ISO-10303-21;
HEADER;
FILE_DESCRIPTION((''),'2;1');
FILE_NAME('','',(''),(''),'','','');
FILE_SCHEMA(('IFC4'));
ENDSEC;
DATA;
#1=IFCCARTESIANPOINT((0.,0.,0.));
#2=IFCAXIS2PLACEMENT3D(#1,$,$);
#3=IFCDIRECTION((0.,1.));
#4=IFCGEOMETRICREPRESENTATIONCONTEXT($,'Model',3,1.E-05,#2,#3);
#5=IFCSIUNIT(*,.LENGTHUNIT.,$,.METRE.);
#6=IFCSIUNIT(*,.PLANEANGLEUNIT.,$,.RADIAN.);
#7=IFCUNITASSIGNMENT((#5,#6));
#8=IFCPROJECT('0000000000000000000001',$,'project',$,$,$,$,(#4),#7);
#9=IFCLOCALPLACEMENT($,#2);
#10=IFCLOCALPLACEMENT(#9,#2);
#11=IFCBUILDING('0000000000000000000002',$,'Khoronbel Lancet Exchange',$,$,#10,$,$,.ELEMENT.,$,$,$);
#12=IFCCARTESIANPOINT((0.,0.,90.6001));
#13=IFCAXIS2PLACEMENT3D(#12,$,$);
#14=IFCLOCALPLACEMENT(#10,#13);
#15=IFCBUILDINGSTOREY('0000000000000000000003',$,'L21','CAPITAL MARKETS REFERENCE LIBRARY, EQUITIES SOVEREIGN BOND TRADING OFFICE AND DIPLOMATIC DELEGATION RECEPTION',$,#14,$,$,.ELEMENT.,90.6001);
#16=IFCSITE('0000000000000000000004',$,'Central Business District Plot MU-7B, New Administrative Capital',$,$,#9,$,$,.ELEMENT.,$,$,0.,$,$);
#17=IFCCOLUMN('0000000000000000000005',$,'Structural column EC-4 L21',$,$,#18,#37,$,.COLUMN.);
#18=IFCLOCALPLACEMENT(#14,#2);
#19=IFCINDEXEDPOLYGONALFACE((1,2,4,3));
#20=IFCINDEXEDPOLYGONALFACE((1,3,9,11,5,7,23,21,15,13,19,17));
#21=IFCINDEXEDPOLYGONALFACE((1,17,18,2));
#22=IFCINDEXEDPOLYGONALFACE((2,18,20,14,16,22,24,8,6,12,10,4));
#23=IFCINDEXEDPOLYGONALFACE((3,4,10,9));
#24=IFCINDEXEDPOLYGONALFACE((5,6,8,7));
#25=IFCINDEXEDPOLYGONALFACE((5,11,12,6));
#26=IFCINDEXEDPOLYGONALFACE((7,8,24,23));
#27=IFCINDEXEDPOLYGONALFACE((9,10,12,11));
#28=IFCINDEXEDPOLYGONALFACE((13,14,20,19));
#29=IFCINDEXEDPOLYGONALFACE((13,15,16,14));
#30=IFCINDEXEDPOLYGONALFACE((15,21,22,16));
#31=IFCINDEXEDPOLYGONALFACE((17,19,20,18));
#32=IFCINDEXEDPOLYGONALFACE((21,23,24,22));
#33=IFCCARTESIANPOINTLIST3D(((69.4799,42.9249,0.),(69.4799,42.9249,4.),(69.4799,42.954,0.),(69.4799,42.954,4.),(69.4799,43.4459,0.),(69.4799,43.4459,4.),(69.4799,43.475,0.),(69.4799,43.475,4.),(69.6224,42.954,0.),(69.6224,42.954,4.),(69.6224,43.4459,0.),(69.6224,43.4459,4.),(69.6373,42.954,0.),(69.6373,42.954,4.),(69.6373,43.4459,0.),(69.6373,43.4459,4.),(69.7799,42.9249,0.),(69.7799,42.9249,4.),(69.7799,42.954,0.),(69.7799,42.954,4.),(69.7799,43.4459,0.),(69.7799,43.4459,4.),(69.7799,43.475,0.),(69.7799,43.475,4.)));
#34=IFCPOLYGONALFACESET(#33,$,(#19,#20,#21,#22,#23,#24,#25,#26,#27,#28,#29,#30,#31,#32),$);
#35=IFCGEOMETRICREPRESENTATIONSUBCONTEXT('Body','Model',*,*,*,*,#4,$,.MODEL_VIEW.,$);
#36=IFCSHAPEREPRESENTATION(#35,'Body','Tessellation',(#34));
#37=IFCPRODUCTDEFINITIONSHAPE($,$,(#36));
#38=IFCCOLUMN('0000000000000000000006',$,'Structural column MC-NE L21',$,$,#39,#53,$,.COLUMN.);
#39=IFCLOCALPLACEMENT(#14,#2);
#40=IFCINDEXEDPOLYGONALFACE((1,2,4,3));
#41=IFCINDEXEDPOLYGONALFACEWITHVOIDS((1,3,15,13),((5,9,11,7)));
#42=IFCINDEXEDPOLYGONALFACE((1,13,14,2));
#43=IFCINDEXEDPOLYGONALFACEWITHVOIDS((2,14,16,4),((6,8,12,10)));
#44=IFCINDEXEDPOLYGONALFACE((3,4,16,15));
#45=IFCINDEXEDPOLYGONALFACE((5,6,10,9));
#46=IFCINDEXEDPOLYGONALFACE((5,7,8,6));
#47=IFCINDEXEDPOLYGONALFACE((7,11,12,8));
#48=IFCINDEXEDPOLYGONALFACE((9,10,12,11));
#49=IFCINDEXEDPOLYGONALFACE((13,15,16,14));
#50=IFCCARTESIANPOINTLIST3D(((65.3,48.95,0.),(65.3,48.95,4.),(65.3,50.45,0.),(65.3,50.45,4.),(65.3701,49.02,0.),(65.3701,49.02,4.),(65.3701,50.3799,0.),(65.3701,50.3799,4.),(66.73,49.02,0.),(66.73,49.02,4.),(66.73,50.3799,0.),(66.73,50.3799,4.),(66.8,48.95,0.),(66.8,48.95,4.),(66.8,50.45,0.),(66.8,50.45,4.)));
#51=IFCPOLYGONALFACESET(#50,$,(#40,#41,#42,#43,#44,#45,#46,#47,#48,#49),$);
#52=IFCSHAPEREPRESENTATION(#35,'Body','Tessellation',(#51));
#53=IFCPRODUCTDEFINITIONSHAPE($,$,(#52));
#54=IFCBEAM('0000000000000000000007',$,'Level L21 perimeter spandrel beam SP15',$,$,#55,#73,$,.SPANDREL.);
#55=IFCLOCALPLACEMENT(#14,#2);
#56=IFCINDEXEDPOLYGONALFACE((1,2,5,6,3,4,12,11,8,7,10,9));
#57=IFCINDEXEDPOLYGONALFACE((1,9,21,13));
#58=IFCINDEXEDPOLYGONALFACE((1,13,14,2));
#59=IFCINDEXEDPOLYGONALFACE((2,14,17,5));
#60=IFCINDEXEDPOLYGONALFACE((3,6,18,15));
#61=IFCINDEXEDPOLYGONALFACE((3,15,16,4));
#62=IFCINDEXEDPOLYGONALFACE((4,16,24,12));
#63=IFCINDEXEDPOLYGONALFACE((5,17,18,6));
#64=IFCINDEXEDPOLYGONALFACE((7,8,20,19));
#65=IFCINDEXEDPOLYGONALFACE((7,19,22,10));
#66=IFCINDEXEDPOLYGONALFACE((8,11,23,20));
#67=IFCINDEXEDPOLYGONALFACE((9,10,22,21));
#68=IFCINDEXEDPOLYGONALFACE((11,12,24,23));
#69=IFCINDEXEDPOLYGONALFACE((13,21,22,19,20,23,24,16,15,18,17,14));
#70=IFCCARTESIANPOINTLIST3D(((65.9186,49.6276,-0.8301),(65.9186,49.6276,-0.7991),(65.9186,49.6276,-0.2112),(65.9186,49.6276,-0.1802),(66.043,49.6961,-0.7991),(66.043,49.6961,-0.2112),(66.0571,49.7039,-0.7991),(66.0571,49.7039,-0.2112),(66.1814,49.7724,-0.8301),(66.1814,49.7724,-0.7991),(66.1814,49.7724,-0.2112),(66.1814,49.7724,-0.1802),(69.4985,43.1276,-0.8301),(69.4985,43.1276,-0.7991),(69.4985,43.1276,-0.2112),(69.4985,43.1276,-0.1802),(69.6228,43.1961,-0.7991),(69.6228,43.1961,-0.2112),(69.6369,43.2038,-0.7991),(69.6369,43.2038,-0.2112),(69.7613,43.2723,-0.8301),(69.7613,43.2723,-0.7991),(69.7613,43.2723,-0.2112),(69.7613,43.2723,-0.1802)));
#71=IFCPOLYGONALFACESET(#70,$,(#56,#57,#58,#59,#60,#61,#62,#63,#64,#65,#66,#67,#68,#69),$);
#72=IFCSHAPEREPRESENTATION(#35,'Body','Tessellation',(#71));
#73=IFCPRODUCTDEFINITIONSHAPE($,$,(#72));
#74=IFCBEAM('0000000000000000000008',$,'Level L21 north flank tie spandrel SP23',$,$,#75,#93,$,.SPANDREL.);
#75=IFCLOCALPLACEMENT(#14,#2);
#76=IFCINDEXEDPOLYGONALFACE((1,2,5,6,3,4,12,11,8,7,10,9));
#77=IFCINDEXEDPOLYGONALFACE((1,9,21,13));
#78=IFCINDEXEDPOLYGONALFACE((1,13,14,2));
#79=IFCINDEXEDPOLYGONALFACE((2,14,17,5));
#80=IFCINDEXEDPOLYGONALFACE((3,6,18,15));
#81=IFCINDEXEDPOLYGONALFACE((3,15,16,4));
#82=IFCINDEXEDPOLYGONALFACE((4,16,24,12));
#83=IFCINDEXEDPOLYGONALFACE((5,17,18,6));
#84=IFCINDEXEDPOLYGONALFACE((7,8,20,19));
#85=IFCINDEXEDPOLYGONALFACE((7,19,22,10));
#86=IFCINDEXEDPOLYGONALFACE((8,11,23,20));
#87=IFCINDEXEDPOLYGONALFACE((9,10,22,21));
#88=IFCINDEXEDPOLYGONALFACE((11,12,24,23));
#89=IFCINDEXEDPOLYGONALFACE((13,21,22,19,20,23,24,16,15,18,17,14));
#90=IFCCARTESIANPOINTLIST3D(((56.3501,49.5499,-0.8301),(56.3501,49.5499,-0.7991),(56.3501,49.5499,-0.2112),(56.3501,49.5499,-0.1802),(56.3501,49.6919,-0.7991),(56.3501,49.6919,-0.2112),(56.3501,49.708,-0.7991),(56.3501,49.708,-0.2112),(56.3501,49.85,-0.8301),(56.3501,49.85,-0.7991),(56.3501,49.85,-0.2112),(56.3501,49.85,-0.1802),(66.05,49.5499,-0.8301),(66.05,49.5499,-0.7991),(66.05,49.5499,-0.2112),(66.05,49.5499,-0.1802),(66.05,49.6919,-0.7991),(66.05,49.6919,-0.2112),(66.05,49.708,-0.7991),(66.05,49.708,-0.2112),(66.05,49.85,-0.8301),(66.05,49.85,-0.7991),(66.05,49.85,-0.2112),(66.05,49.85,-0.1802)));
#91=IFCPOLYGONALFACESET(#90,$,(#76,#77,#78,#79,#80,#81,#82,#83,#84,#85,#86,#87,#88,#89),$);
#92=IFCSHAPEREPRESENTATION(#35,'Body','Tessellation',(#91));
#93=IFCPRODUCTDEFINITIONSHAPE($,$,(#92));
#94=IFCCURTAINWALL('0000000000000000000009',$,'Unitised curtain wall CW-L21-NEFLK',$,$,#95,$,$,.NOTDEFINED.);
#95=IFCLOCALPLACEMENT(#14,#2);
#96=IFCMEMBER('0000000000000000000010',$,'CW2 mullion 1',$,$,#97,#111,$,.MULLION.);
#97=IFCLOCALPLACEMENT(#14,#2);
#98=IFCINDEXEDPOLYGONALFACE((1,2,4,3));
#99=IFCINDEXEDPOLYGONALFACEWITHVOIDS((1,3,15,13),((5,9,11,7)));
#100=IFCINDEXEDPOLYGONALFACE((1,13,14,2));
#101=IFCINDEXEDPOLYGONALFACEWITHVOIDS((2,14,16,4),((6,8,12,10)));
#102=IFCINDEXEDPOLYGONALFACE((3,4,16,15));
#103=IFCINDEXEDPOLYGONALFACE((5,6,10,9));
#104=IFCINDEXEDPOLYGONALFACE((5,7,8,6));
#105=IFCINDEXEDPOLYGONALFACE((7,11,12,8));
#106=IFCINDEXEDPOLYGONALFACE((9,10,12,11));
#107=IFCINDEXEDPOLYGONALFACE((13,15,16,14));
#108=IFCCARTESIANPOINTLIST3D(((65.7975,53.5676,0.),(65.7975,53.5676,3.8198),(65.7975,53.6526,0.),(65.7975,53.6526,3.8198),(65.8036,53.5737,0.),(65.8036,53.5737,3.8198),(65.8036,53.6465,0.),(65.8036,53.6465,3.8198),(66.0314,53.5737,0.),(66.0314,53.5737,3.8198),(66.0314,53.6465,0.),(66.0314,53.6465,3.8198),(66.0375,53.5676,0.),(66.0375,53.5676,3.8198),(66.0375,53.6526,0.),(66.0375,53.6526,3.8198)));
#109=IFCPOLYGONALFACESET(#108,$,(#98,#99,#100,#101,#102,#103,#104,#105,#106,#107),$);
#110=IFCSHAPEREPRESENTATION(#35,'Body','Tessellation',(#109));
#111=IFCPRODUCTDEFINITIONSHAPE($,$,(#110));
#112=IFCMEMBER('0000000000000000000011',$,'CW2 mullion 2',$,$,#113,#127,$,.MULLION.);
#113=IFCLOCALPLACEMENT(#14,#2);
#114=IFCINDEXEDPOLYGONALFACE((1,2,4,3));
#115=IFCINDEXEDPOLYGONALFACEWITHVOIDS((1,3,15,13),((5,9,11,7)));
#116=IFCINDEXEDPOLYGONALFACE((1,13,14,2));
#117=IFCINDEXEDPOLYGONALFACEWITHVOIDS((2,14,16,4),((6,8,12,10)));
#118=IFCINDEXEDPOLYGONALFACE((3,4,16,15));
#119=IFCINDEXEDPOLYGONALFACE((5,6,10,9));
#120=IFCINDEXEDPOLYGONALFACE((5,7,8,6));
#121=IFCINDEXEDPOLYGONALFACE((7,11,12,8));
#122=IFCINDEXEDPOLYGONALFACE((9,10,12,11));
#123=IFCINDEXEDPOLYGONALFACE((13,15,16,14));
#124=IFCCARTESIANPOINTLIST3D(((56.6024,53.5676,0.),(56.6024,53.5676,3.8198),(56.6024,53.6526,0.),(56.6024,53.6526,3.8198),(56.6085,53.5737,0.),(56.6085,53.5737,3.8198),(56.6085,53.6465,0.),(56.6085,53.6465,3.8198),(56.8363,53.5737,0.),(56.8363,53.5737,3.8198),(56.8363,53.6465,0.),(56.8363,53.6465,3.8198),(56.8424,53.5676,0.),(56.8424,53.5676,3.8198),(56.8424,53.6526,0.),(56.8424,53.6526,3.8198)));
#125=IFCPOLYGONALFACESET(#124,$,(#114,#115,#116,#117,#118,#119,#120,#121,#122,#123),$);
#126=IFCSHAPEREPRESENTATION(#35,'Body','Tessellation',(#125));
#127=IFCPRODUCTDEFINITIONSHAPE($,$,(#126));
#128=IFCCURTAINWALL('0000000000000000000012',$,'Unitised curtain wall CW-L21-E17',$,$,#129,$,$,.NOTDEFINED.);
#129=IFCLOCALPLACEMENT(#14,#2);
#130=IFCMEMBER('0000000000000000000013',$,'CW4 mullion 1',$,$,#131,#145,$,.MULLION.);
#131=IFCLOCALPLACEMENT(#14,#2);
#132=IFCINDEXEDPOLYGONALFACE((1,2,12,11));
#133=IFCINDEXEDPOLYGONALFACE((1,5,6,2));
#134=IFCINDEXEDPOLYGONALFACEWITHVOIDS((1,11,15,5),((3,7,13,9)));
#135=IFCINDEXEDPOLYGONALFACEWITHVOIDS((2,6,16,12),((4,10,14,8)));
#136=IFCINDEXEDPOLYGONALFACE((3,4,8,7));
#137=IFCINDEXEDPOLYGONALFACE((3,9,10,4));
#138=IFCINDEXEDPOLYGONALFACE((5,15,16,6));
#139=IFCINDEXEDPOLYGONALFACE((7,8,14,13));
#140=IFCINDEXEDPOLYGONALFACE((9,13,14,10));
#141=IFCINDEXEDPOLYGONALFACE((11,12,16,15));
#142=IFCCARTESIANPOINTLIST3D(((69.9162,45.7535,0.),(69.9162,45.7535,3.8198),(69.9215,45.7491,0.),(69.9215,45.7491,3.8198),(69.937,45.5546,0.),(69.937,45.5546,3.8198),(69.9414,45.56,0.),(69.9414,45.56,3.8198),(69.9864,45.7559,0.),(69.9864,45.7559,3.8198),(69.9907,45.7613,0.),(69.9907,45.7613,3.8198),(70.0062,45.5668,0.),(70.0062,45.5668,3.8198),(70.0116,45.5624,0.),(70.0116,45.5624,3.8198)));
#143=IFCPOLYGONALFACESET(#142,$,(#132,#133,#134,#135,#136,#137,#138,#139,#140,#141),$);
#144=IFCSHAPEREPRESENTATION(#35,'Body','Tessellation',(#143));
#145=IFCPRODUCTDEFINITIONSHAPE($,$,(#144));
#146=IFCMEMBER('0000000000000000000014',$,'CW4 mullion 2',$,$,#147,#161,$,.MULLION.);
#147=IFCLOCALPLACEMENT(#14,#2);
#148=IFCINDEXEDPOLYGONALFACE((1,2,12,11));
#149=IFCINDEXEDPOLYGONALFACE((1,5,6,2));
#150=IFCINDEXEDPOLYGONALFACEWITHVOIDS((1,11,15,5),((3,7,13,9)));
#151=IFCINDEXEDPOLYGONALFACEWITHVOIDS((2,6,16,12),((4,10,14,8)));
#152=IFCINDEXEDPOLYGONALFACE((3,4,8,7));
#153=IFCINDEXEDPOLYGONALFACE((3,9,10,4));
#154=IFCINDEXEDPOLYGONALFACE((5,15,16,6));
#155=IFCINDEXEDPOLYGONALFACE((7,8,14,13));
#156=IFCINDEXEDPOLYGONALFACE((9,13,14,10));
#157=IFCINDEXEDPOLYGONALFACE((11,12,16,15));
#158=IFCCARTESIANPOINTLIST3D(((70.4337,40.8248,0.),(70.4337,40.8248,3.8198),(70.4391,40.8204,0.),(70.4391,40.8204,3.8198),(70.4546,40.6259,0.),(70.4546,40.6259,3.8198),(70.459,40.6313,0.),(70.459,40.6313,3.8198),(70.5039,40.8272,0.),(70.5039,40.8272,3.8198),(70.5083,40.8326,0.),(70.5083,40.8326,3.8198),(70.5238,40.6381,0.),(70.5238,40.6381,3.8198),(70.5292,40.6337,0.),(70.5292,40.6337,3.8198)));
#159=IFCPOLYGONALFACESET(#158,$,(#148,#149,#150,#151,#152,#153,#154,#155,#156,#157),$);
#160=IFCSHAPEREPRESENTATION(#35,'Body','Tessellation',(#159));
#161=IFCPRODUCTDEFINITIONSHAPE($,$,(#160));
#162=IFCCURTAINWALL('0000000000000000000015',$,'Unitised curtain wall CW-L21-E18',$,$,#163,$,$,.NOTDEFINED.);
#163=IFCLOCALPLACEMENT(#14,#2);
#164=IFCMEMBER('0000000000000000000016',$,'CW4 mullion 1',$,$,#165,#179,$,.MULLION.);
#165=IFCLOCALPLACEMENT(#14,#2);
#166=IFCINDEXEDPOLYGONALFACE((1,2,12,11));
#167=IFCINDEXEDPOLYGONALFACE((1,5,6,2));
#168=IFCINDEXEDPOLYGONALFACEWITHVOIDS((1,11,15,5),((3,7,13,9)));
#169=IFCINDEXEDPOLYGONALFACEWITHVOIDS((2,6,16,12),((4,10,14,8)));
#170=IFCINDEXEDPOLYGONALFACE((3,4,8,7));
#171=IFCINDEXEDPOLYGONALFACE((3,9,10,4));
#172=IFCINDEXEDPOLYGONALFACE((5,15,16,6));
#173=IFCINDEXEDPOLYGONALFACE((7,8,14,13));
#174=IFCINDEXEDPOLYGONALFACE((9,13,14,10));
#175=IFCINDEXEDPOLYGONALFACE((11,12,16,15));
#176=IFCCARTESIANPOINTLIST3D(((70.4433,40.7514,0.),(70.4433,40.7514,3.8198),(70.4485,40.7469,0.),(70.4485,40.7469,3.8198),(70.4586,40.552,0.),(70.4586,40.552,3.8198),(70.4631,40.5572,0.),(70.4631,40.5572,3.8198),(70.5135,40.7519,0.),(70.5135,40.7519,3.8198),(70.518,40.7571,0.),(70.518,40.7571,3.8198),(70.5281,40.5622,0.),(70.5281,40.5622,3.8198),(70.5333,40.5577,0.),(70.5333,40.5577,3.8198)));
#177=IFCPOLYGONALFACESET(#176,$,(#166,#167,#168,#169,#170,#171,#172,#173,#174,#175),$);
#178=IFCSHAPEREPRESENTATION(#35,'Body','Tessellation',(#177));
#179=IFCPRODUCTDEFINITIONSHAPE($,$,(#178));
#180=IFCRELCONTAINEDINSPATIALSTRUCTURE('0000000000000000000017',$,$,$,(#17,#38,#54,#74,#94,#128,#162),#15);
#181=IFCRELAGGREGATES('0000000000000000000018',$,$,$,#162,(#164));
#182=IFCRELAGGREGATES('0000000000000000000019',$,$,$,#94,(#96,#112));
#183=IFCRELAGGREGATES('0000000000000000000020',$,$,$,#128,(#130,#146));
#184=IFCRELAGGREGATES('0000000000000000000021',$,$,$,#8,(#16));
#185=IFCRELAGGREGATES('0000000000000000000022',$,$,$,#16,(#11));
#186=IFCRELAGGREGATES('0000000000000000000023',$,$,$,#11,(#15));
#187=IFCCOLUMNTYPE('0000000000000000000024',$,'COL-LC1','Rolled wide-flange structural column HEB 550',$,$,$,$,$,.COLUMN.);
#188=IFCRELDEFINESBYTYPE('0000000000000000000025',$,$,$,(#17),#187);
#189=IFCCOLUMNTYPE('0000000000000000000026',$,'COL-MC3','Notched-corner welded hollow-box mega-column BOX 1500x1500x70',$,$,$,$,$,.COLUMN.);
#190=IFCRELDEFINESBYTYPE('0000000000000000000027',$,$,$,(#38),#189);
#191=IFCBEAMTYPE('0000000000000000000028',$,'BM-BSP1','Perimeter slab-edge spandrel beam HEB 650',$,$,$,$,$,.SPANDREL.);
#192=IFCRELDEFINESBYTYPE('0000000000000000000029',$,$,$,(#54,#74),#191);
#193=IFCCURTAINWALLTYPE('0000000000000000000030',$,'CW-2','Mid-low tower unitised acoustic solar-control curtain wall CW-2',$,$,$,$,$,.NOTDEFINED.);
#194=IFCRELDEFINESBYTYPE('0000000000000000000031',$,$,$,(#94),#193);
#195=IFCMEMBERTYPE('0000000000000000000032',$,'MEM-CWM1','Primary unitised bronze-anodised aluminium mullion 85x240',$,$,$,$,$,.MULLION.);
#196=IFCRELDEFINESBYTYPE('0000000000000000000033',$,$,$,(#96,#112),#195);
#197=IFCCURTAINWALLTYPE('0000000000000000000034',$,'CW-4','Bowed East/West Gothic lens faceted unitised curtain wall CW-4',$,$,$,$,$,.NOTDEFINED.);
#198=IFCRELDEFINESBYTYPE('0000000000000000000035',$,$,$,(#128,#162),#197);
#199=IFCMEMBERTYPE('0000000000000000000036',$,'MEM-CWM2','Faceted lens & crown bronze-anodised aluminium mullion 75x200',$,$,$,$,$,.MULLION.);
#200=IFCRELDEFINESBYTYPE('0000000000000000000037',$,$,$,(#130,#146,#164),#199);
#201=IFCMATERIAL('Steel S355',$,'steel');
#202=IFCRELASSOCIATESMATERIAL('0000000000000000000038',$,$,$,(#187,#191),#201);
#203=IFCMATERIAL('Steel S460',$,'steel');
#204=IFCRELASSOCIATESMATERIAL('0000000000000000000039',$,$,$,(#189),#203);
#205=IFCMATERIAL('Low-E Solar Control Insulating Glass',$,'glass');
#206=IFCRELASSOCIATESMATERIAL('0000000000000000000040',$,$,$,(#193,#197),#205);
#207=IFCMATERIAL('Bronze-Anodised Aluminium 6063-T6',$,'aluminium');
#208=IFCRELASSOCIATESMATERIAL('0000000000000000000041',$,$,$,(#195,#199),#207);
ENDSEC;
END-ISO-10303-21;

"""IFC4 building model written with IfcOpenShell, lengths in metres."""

from ifc_helpers import new_model, si_unit, direction, frame, origin, origin_2d, place, context, subcontext, project, spatial, hollow_rectangle, i_section, extrude, material, material_profile, profile_set, type_object, element, aggregate, save


model = new_model("IFC4")

# Units and contexts
model_context = context("Model", 3, precision=1e-05, world=origin(), true_north=direction((0.0, 1.0)))
body_context = subcontext(model_context, "Body", "Model", "MODEL_VIEW")
ifc_project = project(units=[si_unit("LENGTHUNIT", "METRE"), si_unit("PLANEANGLEUNIT", "RADIAN")], contexts=[model_context])

# Site, building, storey
site_placement = place(None, origin())
site = spatial("IfcSite", under=ifc_project, at=site_placement, Name="Central Business District Plot MU-7B, New Administrative Capital", CompositionType="ELEMENT", RefElevation=0.0)
building_placement = place(site_placement, origin())
building = spatial("IfcBuilding", under=site, at=building_placement, Name="Khoronbel Lancet Exchange", CompositionType="ELEMENT")
storey_placement = place(building_placement, frame((0.0, 0.0, 90.6001)))
storey = spatial("IfcBuildingStorey", under=building, at=storey_placement, Name="L21", Description="CAPITAL MARKETS REFERENCE LIBRARY, EQUITIES SOVEREIGN BOND TRADING OFFICE AND DIPLOMATIC DELEGATION RECEPTION", CompositionType="ELEMENT", Elevation=90.6001)

# Columns
ifc_material_1 = material(Name="Steel S355", Category="steel")
ifc_material_profile_1 = material_profile(ifc_material_1, i_section(OverallWidth=0.3, OverallDepth=0.55, WebThickness=0.0149, FlangeThickness=0.0291, at=origin_2d()), Name="HEB 550")
ifc_profile_set_1 = profile_set([ifc_material_profile_1], Name="Steel S355")
column_type_1 = type_object("IfcColumnType", Name="COL-LC1", Description="Rolled wide-flange structural column HEB 550", PredefinedType="COLUMN", material=ifc_profile_set_1)
column_1_placement = place(storey_placement, frame((69.6299, 43.2, 0.0), z_axis=(0.0, 0.0, 1.0), x_axis=(1.0, 0.0, 0.0)))
element("IfcColumn", 1, at=column_1_placement, inside=storey, type_object=column_type_1, Name="Structural column EC-4 L21", PredefinedType="COLUMN", context=body_context, shape_type="SweptSolid", body=[
    extrude(i_section(OverallWidth=0.3, OverallDepth=0.55, WebThickness=0.0149, FlangeThickness=0.0291, at=origin_2d()), origin(), (0.0, 0.0, 1.0), 4.0),
])
ifc_material_2 = material(Name="Steel S460", Category="steel")
ifc_material_profile_2 = material_profile(ifc_material_2, hollow_rectangle(XDim=1.5, YDim=1.5, WallThickness=0.0701, at=origin_2d()), Name="BOX 1500x1500x70")
ifc_profile_set_2 = profile_set([ifc_material_profile_2], Name="Steel S460")
column_type_2 = type_object("IfcColumnType", Name="COL-MC3", Description="Notched-corner welded hollow-box mega-column BOX 1500x1500x70", PredefinedType="COLUMN", material=ifc_profile_set_2)
column_2_placement = place(storey_placement, frame((66.05, 49.7, 0.0), z_axis=(0.0, 0.0, 1.0), x_axis=(1.0, 0.0, 0.0)))
element("IfcColumn", 2, at=column_2_placement, inside=storey, type_object=column_type_2, Name="Structural column MC-NE L21", PredefinedType="COLUMN", context=body_context, shape_type="SweptSolid", body=[
    extrude(hollow_rectangle(XDim=1.5, YDim=1.5, WallThickness=0.0701, at=origin_2d()), origin(), (0.0, 0.0, 1.0), 4.0),
])

# Beams
ifc_material_profile_3 = material_profile(ifc_material_1, i_section(OverallWidth=0.3, OverallDepth=0.6499, WebThickness=0.0161, FlangeThickness=0.031, at=origin_2d()), Name="HEB 650")
ifc_profile_set_3 = profile_set([ifc_material_profile_3], Name="Steel S355")
beam_type = type_object("IfcBeamType", Name="BM-BSP1", Description="Perimeter slab-edge spandrel beam HEB 650", PredefinedType="SPANDREL", material=ifc_profile_set_3)
beam_1_placement = place(storey_placement, frame((69.6299, 43.2, -0.5051), z_axis=(-0.482419, 0.875941, 0.0), x_axis=(-0.875941, -0.482419, 0.0)))
element("IfcBeam", 3, at=beam_1_placement, inside=storey, type_object=beam_type, Name="Level L21 perimeter spandrel beam SP15", PredefinedType="SPANDREL", context=body_context, shape_type="SweptSolid", body=[
    extrude(i_section(OverallWidth=0.3, OverallDepth=0.6499, WebThickness=0.0161, FlangeThickness=0.031, at=origin_2d()), origin(), (0.0, 0.0, 1.0), 7.4207),
])
beam_2_placement = place(storey_placement, frame((66.05, 49.7, -0.5051), z_axis=(-1.0, 0.0, 0.0), x_axis=(0.0, -1.0, 0.0)))
element("IfcBeam", 4, at=beam_2_placement, inside=storey, type_object=beam_type, Name="Level L21 north flank tie spandrel SP23", PredefinedType="SPANDREL", context=body_context, shape_type="SweptSolid", body=[
    extrude(i_section(OverallWidth=0.3, OverallDepth=0.6499, WebThickness=0.0161, FlangeThickness=0.031, at=origin_2d()), origin(), (0.0, 0.0, 1.0), 9.7),
])

# Curtain walls, members
ifc_material_3 = material(Name="Low-E Solar Control Insulating Glass", Category="glass")
curtain_wall_type_1 = type_object("IfcCurtainWallType", Name="CW-2", Description="Mid-low tower unitised acoustic solar-control curtain wall CW-2", PredefinedType="NOTDEFINED", material=ifc_material_3)
curtain_wall_1_placement = place(storey_placement, origin())
curtain_wall_1 = element("IfcCurtainWall", 5, at=curtain_wall_1_placement, inside=storey, type_object=curtain_wall_type_1, Name="Unitised curtain wall CW-L21-NEFLK", PredefinedType="NOTDEFINED")
ifc_material_4 = material(Name="Bronze-Anodised Aluminium 6063-T6", Category="aluminium")
ifc_material_profile_4 = material_profile(ifc_material_4, hollow_rectangle(XDim=0.085, YDim=0.24, WallThickness=0.0061, at=origin_2d()), Name="ALU MULLION 85x240")
ifc_profile_set_4 = profile_set([ifc_material_profile_4], Name="Bronze-Anodised Aluminium 6063-T6")
member_type_1 = type_object("IfcMemberType", Name="MEM-CWM1", Description="Primary unitised bronze-anodised aluminium mullion 85x240", PredefinedType="MULLION", material=ifc_profile_set_4)
member_1_placement = place(storey_placement, frame((65.9175, 53.6101, 0.0), z_axis=(0.0, 0.0, 1.0), x_axis=(0.0, -1.0, 0.0)))
member_1 = element("IfcMember", 6, at=member_1_placement, type_object=member_type_1, Name="CW2 mullion 1", PredefinedType="MULLION", context=body_context, shape_type="SweptSolid", body=[
    extrude(hollow_rectangle(XDim=0.085, YDim=0.24, WallThickness=0.0061, at=origin_2d()), origin(), (0.0, 0.0, 1.0), 3.8198),
])
member_2_placement = place(storey_placement, frame((56.7224, 53.6101, 0.0), z_axis=(0.0, 0.0, 1.0), x_axis=(0.0, -1.0, 0.0)))
member_2 = element("IfcMember", 7, at=member_2_placement, type_object=member_type_1, Name="CW2 mullion 2", PredefinedType="MULLION", context=body_context, shape_type="SweptSolid", body=[
    extrude(hollow_rectangle(XDim=0.085, YDim=0.24, WallThickness=0.0061, at=origin_2d()), origin(), (0.0, 0.0, 1.0), 3.8198),
])
curtain_wall_type_2 = type_object("IfcCurtainWallType", Name="CW-4", Description="Bowed East/West Gothic lens faceted unitised curtain wall CW-4", PredefinedType="NOTDEFINED", material=ifc_material_3)
curtain_wall_2_placement = place(storey_placement, origin())
curtain_wall_2 = element("IfcCurtainWall", 8, at=curtain_wall_2_placement, inside=storey, type_object=curtain_wall_type_2, Name="Unitised curtain wall CW-L21-E17", PredefinedType="NOTDEFINED")
ifc_material_profile_5 = material_profile(ifc_material_4, hollow_rectangle(XDim=0.075, YDim=0.2, WallThickness=0.0049, at=origin_2d()), Name="ALU MULLION 75x200")
ifc_profile_set_5 = profile_set([ifc_material_profile_5], Name="Bronze-Anodised Aluminium 6063-T6")
member_type_2 = type_object("IfcMemberType", Name="MEM-CWM2", Description="Faceted lens & crown bronze-anodised aluminium mullion 75x200", PredefinedType="MULLION", material=ifc_profile_set_5)
member_3_placement = place(storey_placement, frame((69.9639, 45.658, 0.0), z_axis=(0.0, 0.0, 1.0), x_axis=(0.994532, 0.104434, 0.0)))
member_3 = element("IfcMember", 9, at=member_3_placement, type_object=member_type_2, Name="CW4 mullion 1", PredefinedType="MULLION", context=body_context, shape_type="SweptSolid", body=[
    extrude(hollow_rectangle(XDim=0.075, YDim=0.2, WallThickness=0.0049, at=origin_2d()), origin(), (0.0, 0.0, 1.0), 3.8198),
])
member_4_placement = place(storey_placement, frame((70.4814, 40.7292, 0.0), z_axis=(0.0, 0.0, 1.0), x_axis=(0.994532, 0.104434, 0.0)))
member_4 = element("IfcMember", 10, at=member_4_placement, type_object=member_type_2, Name="CW4 mullion 2", PredefinedType="MULLION", context=body_context, shape_type="SweptSolid", body=[
    extrude(hollow_rectangle(XDim=0.075, YDim=0.2, WallThickness=0.0049, at=origin_2d()), origin(), (0.0, 0.0, 1.0), 3.8198),
])

# Curtain wall, member
curtain_wall_3_placement = place(storey_placement, origin())
curtain_wall_3 = element("IfcCurtainWall", 11, at=curtain_wall_3_placement, inside=storey, type_object=curtain_wall_type_2, Name="Unitised curtain wall CW-L21-E18", PredefinedType="NOTDEFINED")
member_5_placement = place(storey_placement, frame((70.4883, 40.6545, 0.0), z_axis=(0.0, 0.0, 1.0), x_axis=(0.99706, 0.076626, 0.0)))
member_5 = element("IfcMember", 12, at=member_5_placement, type_object=member_type_2, Name="CW4 mullion 1", PredefinedType="MULLION", context=body_context, shape_type="SweptSolid", body=[
    extrude(hollow_rectangle(XDim=0.075, YDim=0.2, WallThickness=0.0049, at=origin_2d()), origin(), (0.0, 0.0, 1.0), 3.8198),
])

aggregate(curtain_wall_3, [member_5])

aggregate(curtain_wall_1, [member_1, member_2])
aggregate(curtain_wall_2, [member_3, member_4])

save(model, "model.ifc")
